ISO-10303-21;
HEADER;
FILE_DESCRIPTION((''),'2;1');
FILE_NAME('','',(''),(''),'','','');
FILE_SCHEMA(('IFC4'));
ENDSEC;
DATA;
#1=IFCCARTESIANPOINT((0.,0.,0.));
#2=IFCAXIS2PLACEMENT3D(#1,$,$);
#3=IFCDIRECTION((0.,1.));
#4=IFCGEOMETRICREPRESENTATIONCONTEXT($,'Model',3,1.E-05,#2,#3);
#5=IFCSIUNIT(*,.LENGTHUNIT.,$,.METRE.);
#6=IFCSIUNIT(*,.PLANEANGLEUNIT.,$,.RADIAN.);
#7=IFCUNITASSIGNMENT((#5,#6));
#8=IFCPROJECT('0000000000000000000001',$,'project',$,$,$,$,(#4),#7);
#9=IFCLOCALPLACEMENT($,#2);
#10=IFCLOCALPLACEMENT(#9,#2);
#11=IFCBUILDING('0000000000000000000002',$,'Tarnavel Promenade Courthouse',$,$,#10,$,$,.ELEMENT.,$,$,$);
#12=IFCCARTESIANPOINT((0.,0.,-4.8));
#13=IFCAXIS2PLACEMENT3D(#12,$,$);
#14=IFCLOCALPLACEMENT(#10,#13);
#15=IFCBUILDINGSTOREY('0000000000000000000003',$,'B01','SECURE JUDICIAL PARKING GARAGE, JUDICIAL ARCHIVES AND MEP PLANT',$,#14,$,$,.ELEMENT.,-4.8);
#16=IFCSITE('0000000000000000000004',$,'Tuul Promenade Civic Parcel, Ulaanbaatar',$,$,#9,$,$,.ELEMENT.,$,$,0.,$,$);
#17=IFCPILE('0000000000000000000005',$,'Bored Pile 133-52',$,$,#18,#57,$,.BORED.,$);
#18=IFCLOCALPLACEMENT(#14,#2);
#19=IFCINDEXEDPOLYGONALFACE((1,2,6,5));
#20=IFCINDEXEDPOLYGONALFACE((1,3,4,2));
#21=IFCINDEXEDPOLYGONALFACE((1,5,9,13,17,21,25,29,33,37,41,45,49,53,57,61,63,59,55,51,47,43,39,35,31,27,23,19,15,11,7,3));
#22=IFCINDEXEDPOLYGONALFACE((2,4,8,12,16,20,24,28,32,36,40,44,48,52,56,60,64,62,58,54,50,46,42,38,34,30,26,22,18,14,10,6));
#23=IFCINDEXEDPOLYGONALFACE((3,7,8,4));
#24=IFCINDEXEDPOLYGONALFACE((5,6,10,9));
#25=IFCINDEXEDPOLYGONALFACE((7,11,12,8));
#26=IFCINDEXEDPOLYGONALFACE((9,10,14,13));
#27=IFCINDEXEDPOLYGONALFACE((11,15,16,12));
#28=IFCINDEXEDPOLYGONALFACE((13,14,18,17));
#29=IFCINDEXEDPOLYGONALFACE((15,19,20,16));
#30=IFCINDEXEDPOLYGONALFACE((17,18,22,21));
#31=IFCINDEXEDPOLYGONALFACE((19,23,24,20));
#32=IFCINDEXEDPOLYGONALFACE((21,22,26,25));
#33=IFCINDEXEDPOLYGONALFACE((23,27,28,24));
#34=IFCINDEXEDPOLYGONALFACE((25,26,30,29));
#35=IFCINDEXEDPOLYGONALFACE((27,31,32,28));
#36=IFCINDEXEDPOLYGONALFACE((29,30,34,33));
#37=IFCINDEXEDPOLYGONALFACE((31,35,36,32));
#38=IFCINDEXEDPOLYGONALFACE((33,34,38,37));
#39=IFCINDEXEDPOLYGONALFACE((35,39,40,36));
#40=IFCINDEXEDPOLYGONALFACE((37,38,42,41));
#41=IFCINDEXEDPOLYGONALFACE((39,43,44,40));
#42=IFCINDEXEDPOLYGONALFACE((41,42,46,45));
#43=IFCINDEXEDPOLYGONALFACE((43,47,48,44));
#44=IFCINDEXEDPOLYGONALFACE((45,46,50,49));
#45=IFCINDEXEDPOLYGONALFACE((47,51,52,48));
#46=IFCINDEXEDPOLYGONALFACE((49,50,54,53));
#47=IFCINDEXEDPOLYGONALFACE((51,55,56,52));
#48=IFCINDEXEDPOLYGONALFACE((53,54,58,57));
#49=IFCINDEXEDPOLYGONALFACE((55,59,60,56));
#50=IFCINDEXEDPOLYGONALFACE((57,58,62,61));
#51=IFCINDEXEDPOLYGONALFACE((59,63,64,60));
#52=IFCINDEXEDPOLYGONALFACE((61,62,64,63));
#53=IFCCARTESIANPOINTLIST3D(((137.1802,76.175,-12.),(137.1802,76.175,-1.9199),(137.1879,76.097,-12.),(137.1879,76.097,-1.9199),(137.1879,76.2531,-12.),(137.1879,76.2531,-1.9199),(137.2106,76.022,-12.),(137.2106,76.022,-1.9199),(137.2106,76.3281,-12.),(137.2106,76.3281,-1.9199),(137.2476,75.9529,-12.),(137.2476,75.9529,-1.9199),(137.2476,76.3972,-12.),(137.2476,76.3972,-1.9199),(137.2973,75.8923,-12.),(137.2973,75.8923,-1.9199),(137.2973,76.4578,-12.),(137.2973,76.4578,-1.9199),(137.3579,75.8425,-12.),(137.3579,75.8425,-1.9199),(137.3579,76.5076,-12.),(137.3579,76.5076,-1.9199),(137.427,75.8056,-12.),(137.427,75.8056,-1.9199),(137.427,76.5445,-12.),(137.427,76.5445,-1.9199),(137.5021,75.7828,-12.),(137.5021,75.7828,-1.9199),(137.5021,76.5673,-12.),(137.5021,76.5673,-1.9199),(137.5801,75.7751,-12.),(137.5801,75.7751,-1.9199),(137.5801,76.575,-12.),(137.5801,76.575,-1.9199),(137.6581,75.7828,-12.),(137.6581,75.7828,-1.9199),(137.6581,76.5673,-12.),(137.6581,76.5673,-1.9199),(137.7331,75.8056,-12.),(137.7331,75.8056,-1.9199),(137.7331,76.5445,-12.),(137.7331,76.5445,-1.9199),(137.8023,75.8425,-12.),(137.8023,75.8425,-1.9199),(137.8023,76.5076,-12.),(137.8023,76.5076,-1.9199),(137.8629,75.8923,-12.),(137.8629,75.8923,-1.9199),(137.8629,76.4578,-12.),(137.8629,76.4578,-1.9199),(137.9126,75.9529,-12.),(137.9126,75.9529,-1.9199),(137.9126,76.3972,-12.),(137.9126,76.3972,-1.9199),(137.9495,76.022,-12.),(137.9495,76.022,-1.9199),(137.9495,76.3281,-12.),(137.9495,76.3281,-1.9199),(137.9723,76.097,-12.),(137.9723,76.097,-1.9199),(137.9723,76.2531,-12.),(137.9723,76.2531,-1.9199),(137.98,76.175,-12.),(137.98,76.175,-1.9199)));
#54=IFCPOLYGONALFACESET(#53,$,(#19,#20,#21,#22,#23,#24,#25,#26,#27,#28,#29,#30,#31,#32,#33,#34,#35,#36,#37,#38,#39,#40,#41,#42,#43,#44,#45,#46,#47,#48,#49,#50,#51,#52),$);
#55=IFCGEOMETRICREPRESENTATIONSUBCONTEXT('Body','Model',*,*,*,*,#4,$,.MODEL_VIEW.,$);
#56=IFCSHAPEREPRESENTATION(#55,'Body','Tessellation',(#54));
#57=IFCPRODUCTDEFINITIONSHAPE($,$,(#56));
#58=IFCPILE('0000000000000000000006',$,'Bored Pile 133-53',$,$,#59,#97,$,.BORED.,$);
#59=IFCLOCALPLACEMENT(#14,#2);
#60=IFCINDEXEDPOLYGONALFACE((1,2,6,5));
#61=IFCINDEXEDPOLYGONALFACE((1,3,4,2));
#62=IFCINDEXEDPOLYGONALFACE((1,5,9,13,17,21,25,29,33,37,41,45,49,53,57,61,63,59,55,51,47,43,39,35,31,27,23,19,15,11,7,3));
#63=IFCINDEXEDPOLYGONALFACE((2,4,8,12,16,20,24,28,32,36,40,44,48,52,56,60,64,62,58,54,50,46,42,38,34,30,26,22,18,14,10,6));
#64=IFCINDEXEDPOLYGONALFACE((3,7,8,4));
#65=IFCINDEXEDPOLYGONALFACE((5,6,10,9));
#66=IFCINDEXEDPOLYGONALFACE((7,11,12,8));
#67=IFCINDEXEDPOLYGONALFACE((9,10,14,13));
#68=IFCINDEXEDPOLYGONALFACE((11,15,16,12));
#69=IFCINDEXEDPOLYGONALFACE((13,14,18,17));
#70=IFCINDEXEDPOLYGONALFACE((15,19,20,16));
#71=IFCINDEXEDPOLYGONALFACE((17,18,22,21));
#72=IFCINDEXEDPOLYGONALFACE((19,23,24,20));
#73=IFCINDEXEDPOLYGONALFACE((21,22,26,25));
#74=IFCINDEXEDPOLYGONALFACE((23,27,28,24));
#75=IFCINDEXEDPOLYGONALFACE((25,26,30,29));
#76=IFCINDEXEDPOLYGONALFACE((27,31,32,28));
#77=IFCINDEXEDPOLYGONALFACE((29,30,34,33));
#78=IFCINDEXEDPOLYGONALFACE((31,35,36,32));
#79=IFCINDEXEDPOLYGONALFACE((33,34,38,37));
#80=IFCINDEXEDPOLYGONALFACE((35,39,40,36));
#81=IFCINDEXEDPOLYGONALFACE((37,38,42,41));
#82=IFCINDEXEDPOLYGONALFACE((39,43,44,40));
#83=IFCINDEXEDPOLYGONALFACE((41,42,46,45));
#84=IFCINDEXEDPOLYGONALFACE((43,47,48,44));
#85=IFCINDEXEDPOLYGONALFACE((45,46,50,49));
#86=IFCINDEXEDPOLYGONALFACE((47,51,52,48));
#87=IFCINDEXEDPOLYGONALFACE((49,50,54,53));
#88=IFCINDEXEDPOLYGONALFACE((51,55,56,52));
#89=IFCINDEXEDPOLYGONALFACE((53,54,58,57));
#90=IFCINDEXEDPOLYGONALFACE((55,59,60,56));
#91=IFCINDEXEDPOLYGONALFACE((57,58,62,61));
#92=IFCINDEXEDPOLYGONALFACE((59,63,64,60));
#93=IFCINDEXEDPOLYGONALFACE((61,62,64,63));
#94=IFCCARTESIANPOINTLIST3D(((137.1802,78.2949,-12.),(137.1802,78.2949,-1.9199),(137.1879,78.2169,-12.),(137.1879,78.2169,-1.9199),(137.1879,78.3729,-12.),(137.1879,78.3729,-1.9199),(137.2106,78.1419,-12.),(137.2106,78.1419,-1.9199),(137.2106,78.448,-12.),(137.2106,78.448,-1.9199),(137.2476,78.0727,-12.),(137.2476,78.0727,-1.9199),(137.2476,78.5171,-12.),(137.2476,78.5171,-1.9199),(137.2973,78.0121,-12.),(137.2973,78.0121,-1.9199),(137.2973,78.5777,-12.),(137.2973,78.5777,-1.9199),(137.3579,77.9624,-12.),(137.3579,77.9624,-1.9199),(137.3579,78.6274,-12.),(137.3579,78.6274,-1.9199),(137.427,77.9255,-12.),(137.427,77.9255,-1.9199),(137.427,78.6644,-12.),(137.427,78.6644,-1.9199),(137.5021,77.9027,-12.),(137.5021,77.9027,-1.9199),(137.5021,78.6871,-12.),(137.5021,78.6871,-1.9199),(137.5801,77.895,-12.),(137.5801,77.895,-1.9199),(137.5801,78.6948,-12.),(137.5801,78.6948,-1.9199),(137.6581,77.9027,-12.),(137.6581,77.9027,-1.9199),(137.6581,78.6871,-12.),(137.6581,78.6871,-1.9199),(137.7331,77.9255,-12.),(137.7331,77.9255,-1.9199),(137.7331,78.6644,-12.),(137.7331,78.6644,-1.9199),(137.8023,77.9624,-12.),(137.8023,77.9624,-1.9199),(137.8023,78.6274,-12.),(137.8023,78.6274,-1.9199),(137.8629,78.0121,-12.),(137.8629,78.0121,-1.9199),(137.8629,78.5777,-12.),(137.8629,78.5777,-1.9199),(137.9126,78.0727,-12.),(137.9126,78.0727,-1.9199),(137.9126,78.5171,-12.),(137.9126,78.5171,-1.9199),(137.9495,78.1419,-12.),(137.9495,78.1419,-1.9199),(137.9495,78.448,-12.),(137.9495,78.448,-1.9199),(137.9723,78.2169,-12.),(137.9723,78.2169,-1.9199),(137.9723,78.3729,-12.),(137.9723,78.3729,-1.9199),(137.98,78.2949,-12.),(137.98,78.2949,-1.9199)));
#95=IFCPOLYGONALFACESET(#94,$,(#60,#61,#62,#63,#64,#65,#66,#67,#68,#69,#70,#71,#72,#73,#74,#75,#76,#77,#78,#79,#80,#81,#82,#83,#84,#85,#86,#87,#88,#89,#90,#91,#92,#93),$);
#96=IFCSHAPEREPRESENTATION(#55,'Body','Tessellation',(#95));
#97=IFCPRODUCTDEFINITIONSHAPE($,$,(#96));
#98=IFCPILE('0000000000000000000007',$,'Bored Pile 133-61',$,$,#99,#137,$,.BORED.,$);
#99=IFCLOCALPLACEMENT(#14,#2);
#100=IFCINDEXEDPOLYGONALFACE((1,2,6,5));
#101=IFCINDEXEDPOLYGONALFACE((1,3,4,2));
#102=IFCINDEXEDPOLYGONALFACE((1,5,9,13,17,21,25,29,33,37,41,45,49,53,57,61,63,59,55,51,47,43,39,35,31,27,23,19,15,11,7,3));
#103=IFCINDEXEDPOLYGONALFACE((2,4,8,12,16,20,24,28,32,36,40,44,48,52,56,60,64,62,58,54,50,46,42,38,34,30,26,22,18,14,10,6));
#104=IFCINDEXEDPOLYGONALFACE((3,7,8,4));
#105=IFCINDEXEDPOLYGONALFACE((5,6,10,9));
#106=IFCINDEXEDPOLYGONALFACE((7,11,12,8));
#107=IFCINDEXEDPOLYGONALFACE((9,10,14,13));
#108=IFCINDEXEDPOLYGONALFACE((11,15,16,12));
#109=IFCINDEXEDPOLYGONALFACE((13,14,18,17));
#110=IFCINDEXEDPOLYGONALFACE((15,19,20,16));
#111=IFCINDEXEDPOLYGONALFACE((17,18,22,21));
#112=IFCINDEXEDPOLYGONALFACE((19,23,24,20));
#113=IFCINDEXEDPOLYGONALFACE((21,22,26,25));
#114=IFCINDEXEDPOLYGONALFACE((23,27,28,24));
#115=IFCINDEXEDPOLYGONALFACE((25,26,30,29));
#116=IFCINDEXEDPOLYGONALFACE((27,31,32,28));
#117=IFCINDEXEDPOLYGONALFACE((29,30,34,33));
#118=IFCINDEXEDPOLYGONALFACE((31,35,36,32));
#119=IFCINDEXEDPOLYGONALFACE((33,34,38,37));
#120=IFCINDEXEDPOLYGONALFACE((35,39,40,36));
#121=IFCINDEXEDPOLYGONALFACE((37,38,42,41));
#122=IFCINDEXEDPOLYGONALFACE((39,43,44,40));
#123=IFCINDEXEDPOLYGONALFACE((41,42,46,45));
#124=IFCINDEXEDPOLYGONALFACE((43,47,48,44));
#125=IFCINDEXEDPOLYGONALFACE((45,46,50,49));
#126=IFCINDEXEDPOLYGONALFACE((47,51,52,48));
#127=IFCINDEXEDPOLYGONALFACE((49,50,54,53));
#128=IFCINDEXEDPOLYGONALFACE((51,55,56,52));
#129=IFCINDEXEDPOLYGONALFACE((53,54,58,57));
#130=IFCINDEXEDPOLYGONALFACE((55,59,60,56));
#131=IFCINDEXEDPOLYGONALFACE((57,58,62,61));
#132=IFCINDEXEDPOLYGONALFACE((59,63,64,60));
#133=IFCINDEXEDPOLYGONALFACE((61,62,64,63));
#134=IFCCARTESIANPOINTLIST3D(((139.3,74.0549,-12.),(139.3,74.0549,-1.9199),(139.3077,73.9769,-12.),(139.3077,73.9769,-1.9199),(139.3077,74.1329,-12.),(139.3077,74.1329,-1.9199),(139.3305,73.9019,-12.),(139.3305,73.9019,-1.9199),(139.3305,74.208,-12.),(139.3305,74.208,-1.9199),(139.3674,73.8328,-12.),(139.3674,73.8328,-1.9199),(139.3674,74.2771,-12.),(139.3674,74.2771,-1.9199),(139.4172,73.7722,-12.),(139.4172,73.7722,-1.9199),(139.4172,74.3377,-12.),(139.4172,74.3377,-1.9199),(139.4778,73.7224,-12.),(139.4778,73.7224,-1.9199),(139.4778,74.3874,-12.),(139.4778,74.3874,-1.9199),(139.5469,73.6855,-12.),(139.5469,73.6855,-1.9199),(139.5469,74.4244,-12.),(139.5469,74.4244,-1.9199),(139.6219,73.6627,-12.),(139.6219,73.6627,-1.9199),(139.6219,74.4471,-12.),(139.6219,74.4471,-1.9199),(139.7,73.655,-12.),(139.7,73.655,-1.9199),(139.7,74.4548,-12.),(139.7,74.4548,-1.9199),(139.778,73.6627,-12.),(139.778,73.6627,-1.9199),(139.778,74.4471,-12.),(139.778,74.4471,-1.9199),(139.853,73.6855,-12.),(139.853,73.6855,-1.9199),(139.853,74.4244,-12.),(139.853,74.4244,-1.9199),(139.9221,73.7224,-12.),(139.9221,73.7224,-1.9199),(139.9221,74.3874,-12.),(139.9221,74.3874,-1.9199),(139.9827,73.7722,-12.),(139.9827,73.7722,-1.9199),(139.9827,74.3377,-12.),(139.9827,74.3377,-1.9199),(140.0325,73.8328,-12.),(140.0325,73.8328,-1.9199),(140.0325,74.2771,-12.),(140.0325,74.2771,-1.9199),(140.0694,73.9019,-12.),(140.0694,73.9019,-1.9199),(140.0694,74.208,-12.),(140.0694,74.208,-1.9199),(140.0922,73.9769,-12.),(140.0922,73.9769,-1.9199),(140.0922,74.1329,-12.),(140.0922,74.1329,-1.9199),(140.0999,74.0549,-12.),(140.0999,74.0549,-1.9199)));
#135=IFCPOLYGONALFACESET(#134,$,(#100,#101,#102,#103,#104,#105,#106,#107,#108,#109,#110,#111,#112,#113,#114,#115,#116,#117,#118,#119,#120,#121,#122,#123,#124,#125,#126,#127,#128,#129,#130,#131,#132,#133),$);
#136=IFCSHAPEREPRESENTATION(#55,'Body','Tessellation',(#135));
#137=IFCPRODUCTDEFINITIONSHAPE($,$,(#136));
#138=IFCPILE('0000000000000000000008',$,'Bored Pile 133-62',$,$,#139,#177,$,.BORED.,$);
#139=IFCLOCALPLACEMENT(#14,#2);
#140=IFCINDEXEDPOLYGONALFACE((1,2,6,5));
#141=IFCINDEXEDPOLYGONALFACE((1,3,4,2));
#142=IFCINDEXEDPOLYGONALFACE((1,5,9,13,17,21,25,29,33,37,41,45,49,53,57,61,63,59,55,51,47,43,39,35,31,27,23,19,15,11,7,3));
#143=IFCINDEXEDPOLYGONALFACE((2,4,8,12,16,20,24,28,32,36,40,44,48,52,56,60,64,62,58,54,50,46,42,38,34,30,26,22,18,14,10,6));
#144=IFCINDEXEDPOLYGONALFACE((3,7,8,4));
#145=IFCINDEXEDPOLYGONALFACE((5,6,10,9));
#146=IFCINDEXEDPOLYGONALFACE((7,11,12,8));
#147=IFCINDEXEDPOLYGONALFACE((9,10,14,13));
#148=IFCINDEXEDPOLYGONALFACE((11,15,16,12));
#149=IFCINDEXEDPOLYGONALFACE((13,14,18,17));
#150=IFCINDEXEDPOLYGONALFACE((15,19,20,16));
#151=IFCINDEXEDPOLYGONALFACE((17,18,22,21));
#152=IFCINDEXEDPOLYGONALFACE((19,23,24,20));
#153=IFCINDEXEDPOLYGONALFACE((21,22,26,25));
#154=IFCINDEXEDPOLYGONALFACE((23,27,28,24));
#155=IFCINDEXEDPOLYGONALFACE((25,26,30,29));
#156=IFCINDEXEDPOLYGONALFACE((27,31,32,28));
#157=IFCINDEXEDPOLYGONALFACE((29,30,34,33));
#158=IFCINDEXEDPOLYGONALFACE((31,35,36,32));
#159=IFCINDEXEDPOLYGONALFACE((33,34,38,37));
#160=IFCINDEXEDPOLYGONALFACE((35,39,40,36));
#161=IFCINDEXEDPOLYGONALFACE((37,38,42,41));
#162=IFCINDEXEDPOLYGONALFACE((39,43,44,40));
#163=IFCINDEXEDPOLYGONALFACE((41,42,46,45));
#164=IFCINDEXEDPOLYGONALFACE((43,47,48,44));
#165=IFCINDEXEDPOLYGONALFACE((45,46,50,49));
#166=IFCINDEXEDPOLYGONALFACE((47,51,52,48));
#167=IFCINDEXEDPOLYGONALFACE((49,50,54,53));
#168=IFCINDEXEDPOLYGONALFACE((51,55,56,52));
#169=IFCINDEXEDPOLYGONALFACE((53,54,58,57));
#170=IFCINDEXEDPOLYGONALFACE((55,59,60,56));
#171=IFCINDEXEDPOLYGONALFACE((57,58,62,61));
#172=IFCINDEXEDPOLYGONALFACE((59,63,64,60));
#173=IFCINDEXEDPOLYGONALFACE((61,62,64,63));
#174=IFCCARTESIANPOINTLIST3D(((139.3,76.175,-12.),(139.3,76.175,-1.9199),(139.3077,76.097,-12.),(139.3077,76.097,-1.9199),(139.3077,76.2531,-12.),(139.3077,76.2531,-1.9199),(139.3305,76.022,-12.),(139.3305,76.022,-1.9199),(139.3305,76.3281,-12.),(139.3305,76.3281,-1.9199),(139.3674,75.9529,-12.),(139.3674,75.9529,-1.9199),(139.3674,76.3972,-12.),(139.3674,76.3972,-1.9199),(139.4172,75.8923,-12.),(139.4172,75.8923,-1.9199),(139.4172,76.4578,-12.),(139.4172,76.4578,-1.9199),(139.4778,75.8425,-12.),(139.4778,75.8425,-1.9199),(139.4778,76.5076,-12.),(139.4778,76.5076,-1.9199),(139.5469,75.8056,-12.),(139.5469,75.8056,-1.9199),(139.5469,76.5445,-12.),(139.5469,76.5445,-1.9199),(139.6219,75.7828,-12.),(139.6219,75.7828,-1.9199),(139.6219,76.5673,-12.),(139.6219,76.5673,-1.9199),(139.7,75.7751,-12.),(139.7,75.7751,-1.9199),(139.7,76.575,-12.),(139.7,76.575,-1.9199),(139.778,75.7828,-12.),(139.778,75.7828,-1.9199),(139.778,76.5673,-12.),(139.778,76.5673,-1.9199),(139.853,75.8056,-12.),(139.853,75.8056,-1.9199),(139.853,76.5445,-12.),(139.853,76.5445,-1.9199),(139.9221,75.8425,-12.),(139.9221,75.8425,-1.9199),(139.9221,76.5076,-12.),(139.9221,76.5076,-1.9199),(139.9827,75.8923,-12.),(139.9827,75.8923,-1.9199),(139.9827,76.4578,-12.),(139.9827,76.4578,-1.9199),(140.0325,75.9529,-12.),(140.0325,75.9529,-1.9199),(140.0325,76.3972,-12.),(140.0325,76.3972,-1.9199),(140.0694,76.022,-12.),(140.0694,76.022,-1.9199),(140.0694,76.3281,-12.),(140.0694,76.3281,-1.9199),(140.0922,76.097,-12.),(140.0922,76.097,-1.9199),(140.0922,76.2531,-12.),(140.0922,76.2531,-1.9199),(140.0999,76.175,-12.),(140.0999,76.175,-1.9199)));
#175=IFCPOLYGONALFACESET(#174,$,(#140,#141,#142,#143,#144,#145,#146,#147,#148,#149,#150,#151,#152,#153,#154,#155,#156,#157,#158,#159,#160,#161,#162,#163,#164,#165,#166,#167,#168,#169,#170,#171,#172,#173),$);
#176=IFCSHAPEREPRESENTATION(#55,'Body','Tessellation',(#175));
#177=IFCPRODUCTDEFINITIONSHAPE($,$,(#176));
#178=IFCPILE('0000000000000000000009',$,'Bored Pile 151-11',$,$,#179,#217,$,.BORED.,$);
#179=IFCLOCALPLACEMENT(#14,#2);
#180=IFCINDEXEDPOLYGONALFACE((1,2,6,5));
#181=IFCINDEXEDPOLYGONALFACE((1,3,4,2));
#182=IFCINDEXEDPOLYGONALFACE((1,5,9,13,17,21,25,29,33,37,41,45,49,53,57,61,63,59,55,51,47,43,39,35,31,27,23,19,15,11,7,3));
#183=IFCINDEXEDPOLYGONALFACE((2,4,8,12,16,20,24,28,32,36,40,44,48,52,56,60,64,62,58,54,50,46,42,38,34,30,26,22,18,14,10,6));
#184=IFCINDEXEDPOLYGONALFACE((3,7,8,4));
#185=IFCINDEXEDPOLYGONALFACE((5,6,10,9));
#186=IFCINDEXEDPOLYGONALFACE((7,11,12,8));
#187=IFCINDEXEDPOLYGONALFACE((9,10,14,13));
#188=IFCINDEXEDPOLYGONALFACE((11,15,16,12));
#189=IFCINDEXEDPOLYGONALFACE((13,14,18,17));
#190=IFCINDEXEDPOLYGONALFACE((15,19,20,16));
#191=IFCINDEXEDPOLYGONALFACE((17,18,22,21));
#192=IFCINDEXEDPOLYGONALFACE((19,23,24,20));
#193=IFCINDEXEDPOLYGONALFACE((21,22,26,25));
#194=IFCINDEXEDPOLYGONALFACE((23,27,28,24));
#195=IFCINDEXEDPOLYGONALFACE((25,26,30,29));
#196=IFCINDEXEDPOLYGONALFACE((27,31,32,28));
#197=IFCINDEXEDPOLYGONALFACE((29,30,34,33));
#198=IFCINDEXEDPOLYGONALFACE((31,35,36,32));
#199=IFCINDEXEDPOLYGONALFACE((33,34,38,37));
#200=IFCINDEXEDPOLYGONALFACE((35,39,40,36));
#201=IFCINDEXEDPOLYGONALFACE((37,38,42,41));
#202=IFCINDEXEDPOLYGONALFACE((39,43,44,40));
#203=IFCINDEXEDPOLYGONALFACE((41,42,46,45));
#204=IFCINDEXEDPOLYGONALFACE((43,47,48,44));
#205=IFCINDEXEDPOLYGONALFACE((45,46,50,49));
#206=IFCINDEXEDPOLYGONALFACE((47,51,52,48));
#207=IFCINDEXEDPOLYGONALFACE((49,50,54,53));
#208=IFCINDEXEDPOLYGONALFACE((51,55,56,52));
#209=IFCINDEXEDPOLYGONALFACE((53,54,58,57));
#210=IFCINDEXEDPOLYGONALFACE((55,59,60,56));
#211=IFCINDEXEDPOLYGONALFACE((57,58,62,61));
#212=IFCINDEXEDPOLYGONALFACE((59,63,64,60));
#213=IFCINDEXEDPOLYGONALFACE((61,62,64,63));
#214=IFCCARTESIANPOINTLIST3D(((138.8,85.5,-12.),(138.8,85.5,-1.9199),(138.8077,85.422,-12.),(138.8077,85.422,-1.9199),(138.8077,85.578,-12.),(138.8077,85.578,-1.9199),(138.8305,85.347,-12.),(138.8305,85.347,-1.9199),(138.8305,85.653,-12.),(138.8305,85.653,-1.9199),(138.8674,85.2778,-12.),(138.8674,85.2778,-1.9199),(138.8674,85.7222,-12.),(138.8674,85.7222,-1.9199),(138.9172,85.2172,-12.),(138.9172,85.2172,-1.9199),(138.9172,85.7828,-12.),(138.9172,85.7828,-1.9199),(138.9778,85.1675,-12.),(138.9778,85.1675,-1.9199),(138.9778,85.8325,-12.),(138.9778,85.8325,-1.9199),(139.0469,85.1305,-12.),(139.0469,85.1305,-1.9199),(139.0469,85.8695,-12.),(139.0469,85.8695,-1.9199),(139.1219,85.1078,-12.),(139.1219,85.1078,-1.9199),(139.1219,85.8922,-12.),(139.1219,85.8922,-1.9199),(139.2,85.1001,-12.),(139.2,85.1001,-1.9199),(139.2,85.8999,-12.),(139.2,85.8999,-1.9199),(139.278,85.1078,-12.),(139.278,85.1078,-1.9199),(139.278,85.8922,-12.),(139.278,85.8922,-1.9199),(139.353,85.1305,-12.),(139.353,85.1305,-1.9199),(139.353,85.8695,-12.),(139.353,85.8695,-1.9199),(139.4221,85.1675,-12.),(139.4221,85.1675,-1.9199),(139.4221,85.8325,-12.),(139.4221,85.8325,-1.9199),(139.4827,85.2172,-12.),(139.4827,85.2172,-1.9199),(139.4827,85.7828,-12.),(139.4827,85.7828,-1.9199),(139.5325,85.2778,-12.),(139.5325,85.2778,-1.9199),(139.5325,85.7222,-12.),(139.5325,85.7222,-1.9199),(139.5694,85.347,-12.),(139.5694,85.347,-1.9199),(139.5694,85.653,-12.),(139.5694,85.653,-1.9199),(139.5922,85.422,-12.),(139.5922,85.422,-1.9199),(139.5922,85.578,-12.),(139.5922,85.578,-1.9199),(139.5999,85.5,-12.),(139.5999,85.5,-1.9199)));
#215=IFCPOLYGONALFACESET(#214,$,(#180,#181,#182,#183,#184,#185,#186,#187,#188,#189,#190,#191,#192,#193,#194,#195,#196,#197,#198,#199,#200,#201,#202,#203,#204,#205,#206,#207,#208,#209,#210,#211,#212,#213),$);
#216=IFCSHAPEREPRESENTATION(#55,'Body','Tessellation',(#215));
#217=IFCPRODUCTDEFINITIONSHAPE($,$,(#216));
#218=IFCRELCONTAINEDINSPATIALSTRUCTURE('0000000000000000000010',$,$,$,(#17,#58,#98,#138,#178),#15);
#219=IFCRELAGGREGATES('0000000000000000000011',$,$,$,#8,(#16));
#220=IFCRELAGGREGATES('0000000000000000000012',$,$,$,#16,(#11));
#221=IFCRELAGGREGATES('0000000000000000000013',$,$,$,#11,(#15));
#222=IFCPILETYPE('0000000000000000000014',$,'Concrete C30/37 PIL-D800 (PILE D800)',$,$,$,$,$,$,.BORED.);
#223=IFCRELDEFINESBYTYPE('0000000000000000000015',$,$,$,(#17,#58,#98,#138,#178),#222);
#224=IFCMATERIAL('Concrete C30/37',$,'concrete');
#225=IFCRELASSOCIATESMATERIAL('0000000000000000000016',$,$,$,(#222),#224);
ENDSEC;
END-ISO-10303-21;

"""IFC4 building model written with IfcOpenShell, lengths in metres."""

from ifc_helpers import new_model, si_unit, direction, frame, origin, origin_2d, place, context, subcontext, project, spatial, circle, extrude, material, material_profile, profile_set, type_object, element, save


model = new_model("IFC4")

# Units and contexts
model_context = context("Model", 3, precision=1e-05, world=origin(), true_north=direction((0.0, 1.0)))
body_context = subcontext(model_context, "Body", "Model", "MODEL_VIEW")
ifc_project = project(units=[si_unit("LENGTHUNIT", "METRE"), si_unit("PLANEANGLEUNIT", "RADIAN")], contexts=[model_context])

# Site, building, storey
site_placement = place(None, origin())
site = spatial("IfcSite", under=ifc_project, at=site_placement, Name="Tuul Promenade Civic Parcel, Ulaanbaatar", CompositionType="ELEMENT", RefElevation=0.0)
building_placement = place(site_placement, origin())
building = spatial("IfcBuilding", under=site, at=building_placement, Name="Tarnavel Promenade Courthouse", CompositionType="ELEMENT")
storey_placement = place(building_placement, frame((0.0, 0.0, -4.8)))
storey = spatial("IfcBuildingStorey", under=building, at=storey_placement, Name="B01", Description="SECURE JUDICIAL PARKING GARAGE, JUDICIAL ARCHIVES AND MEP PLANT", CompositionType="ELEMENT", Elevation=-4.8)

# Piles
ifc_material_1 = material(Name="Concrete C30/37", Category="concrete")
ifc_material_profile_1 = material_profile(ifc_material_1, circle(Radius=0.3999, at=origin_2d()), Name="PILE D800")
ifc_profile_set_1 = profile_set([ifc_material_profile_1], Name="Concrete C30/37")
pile_type = type_object("IfcPileType", Name="Concrete C30/37 PIL-D800 (PILE D800)", PredefinedType="BORED", material=ifc_profile_set_1)
for number, where, z_axis, x_axis, name in (
    (1, (137.5801, 76.175, -1.9199), (0.0, 0.0, -1.0), (1.0, 0.0, 0.0), "Bored Pile 133-52"),
    (2, (137.5801, 78.2949, -1.9199), (0.0, 0.0, -1.0), (1.0, 0.0, 0.0), "Bored Pile 133-53"),
    (3, (139.7, 74.0549, -1.9199), (0.0, 0.0, -1.0), (1.0, 0.0, 0.0), "Bored Pile 133-61"),
    (4, (139.7, 76.175, -1.9199), (0.0, 0.0, -1.0), (1.0, 0.0, 0.0), "Bored Pile 133-62"),
    (5, (139.2, 85.5, -1.9199), (0.0, 0.0, -1.0), (1.0, 0.0, 0.0), "Bored Pile 151-11"),
):
    element("IfcPile", number, at=place(storey_placement, frame(where, z_axis=z_axis, x_axis=x_axis)), inside=storey, type_object=pile_type, Name=name, PredefinedType="BORED", context=body_context, shape_type="SweptSolid", body=[
        extrude(circle(Radius=0.3999, at=origin_2d()), origin(), (0.0, 0.0, 1.0), 10.0801),
    ])

save(model, "model.ifc")
